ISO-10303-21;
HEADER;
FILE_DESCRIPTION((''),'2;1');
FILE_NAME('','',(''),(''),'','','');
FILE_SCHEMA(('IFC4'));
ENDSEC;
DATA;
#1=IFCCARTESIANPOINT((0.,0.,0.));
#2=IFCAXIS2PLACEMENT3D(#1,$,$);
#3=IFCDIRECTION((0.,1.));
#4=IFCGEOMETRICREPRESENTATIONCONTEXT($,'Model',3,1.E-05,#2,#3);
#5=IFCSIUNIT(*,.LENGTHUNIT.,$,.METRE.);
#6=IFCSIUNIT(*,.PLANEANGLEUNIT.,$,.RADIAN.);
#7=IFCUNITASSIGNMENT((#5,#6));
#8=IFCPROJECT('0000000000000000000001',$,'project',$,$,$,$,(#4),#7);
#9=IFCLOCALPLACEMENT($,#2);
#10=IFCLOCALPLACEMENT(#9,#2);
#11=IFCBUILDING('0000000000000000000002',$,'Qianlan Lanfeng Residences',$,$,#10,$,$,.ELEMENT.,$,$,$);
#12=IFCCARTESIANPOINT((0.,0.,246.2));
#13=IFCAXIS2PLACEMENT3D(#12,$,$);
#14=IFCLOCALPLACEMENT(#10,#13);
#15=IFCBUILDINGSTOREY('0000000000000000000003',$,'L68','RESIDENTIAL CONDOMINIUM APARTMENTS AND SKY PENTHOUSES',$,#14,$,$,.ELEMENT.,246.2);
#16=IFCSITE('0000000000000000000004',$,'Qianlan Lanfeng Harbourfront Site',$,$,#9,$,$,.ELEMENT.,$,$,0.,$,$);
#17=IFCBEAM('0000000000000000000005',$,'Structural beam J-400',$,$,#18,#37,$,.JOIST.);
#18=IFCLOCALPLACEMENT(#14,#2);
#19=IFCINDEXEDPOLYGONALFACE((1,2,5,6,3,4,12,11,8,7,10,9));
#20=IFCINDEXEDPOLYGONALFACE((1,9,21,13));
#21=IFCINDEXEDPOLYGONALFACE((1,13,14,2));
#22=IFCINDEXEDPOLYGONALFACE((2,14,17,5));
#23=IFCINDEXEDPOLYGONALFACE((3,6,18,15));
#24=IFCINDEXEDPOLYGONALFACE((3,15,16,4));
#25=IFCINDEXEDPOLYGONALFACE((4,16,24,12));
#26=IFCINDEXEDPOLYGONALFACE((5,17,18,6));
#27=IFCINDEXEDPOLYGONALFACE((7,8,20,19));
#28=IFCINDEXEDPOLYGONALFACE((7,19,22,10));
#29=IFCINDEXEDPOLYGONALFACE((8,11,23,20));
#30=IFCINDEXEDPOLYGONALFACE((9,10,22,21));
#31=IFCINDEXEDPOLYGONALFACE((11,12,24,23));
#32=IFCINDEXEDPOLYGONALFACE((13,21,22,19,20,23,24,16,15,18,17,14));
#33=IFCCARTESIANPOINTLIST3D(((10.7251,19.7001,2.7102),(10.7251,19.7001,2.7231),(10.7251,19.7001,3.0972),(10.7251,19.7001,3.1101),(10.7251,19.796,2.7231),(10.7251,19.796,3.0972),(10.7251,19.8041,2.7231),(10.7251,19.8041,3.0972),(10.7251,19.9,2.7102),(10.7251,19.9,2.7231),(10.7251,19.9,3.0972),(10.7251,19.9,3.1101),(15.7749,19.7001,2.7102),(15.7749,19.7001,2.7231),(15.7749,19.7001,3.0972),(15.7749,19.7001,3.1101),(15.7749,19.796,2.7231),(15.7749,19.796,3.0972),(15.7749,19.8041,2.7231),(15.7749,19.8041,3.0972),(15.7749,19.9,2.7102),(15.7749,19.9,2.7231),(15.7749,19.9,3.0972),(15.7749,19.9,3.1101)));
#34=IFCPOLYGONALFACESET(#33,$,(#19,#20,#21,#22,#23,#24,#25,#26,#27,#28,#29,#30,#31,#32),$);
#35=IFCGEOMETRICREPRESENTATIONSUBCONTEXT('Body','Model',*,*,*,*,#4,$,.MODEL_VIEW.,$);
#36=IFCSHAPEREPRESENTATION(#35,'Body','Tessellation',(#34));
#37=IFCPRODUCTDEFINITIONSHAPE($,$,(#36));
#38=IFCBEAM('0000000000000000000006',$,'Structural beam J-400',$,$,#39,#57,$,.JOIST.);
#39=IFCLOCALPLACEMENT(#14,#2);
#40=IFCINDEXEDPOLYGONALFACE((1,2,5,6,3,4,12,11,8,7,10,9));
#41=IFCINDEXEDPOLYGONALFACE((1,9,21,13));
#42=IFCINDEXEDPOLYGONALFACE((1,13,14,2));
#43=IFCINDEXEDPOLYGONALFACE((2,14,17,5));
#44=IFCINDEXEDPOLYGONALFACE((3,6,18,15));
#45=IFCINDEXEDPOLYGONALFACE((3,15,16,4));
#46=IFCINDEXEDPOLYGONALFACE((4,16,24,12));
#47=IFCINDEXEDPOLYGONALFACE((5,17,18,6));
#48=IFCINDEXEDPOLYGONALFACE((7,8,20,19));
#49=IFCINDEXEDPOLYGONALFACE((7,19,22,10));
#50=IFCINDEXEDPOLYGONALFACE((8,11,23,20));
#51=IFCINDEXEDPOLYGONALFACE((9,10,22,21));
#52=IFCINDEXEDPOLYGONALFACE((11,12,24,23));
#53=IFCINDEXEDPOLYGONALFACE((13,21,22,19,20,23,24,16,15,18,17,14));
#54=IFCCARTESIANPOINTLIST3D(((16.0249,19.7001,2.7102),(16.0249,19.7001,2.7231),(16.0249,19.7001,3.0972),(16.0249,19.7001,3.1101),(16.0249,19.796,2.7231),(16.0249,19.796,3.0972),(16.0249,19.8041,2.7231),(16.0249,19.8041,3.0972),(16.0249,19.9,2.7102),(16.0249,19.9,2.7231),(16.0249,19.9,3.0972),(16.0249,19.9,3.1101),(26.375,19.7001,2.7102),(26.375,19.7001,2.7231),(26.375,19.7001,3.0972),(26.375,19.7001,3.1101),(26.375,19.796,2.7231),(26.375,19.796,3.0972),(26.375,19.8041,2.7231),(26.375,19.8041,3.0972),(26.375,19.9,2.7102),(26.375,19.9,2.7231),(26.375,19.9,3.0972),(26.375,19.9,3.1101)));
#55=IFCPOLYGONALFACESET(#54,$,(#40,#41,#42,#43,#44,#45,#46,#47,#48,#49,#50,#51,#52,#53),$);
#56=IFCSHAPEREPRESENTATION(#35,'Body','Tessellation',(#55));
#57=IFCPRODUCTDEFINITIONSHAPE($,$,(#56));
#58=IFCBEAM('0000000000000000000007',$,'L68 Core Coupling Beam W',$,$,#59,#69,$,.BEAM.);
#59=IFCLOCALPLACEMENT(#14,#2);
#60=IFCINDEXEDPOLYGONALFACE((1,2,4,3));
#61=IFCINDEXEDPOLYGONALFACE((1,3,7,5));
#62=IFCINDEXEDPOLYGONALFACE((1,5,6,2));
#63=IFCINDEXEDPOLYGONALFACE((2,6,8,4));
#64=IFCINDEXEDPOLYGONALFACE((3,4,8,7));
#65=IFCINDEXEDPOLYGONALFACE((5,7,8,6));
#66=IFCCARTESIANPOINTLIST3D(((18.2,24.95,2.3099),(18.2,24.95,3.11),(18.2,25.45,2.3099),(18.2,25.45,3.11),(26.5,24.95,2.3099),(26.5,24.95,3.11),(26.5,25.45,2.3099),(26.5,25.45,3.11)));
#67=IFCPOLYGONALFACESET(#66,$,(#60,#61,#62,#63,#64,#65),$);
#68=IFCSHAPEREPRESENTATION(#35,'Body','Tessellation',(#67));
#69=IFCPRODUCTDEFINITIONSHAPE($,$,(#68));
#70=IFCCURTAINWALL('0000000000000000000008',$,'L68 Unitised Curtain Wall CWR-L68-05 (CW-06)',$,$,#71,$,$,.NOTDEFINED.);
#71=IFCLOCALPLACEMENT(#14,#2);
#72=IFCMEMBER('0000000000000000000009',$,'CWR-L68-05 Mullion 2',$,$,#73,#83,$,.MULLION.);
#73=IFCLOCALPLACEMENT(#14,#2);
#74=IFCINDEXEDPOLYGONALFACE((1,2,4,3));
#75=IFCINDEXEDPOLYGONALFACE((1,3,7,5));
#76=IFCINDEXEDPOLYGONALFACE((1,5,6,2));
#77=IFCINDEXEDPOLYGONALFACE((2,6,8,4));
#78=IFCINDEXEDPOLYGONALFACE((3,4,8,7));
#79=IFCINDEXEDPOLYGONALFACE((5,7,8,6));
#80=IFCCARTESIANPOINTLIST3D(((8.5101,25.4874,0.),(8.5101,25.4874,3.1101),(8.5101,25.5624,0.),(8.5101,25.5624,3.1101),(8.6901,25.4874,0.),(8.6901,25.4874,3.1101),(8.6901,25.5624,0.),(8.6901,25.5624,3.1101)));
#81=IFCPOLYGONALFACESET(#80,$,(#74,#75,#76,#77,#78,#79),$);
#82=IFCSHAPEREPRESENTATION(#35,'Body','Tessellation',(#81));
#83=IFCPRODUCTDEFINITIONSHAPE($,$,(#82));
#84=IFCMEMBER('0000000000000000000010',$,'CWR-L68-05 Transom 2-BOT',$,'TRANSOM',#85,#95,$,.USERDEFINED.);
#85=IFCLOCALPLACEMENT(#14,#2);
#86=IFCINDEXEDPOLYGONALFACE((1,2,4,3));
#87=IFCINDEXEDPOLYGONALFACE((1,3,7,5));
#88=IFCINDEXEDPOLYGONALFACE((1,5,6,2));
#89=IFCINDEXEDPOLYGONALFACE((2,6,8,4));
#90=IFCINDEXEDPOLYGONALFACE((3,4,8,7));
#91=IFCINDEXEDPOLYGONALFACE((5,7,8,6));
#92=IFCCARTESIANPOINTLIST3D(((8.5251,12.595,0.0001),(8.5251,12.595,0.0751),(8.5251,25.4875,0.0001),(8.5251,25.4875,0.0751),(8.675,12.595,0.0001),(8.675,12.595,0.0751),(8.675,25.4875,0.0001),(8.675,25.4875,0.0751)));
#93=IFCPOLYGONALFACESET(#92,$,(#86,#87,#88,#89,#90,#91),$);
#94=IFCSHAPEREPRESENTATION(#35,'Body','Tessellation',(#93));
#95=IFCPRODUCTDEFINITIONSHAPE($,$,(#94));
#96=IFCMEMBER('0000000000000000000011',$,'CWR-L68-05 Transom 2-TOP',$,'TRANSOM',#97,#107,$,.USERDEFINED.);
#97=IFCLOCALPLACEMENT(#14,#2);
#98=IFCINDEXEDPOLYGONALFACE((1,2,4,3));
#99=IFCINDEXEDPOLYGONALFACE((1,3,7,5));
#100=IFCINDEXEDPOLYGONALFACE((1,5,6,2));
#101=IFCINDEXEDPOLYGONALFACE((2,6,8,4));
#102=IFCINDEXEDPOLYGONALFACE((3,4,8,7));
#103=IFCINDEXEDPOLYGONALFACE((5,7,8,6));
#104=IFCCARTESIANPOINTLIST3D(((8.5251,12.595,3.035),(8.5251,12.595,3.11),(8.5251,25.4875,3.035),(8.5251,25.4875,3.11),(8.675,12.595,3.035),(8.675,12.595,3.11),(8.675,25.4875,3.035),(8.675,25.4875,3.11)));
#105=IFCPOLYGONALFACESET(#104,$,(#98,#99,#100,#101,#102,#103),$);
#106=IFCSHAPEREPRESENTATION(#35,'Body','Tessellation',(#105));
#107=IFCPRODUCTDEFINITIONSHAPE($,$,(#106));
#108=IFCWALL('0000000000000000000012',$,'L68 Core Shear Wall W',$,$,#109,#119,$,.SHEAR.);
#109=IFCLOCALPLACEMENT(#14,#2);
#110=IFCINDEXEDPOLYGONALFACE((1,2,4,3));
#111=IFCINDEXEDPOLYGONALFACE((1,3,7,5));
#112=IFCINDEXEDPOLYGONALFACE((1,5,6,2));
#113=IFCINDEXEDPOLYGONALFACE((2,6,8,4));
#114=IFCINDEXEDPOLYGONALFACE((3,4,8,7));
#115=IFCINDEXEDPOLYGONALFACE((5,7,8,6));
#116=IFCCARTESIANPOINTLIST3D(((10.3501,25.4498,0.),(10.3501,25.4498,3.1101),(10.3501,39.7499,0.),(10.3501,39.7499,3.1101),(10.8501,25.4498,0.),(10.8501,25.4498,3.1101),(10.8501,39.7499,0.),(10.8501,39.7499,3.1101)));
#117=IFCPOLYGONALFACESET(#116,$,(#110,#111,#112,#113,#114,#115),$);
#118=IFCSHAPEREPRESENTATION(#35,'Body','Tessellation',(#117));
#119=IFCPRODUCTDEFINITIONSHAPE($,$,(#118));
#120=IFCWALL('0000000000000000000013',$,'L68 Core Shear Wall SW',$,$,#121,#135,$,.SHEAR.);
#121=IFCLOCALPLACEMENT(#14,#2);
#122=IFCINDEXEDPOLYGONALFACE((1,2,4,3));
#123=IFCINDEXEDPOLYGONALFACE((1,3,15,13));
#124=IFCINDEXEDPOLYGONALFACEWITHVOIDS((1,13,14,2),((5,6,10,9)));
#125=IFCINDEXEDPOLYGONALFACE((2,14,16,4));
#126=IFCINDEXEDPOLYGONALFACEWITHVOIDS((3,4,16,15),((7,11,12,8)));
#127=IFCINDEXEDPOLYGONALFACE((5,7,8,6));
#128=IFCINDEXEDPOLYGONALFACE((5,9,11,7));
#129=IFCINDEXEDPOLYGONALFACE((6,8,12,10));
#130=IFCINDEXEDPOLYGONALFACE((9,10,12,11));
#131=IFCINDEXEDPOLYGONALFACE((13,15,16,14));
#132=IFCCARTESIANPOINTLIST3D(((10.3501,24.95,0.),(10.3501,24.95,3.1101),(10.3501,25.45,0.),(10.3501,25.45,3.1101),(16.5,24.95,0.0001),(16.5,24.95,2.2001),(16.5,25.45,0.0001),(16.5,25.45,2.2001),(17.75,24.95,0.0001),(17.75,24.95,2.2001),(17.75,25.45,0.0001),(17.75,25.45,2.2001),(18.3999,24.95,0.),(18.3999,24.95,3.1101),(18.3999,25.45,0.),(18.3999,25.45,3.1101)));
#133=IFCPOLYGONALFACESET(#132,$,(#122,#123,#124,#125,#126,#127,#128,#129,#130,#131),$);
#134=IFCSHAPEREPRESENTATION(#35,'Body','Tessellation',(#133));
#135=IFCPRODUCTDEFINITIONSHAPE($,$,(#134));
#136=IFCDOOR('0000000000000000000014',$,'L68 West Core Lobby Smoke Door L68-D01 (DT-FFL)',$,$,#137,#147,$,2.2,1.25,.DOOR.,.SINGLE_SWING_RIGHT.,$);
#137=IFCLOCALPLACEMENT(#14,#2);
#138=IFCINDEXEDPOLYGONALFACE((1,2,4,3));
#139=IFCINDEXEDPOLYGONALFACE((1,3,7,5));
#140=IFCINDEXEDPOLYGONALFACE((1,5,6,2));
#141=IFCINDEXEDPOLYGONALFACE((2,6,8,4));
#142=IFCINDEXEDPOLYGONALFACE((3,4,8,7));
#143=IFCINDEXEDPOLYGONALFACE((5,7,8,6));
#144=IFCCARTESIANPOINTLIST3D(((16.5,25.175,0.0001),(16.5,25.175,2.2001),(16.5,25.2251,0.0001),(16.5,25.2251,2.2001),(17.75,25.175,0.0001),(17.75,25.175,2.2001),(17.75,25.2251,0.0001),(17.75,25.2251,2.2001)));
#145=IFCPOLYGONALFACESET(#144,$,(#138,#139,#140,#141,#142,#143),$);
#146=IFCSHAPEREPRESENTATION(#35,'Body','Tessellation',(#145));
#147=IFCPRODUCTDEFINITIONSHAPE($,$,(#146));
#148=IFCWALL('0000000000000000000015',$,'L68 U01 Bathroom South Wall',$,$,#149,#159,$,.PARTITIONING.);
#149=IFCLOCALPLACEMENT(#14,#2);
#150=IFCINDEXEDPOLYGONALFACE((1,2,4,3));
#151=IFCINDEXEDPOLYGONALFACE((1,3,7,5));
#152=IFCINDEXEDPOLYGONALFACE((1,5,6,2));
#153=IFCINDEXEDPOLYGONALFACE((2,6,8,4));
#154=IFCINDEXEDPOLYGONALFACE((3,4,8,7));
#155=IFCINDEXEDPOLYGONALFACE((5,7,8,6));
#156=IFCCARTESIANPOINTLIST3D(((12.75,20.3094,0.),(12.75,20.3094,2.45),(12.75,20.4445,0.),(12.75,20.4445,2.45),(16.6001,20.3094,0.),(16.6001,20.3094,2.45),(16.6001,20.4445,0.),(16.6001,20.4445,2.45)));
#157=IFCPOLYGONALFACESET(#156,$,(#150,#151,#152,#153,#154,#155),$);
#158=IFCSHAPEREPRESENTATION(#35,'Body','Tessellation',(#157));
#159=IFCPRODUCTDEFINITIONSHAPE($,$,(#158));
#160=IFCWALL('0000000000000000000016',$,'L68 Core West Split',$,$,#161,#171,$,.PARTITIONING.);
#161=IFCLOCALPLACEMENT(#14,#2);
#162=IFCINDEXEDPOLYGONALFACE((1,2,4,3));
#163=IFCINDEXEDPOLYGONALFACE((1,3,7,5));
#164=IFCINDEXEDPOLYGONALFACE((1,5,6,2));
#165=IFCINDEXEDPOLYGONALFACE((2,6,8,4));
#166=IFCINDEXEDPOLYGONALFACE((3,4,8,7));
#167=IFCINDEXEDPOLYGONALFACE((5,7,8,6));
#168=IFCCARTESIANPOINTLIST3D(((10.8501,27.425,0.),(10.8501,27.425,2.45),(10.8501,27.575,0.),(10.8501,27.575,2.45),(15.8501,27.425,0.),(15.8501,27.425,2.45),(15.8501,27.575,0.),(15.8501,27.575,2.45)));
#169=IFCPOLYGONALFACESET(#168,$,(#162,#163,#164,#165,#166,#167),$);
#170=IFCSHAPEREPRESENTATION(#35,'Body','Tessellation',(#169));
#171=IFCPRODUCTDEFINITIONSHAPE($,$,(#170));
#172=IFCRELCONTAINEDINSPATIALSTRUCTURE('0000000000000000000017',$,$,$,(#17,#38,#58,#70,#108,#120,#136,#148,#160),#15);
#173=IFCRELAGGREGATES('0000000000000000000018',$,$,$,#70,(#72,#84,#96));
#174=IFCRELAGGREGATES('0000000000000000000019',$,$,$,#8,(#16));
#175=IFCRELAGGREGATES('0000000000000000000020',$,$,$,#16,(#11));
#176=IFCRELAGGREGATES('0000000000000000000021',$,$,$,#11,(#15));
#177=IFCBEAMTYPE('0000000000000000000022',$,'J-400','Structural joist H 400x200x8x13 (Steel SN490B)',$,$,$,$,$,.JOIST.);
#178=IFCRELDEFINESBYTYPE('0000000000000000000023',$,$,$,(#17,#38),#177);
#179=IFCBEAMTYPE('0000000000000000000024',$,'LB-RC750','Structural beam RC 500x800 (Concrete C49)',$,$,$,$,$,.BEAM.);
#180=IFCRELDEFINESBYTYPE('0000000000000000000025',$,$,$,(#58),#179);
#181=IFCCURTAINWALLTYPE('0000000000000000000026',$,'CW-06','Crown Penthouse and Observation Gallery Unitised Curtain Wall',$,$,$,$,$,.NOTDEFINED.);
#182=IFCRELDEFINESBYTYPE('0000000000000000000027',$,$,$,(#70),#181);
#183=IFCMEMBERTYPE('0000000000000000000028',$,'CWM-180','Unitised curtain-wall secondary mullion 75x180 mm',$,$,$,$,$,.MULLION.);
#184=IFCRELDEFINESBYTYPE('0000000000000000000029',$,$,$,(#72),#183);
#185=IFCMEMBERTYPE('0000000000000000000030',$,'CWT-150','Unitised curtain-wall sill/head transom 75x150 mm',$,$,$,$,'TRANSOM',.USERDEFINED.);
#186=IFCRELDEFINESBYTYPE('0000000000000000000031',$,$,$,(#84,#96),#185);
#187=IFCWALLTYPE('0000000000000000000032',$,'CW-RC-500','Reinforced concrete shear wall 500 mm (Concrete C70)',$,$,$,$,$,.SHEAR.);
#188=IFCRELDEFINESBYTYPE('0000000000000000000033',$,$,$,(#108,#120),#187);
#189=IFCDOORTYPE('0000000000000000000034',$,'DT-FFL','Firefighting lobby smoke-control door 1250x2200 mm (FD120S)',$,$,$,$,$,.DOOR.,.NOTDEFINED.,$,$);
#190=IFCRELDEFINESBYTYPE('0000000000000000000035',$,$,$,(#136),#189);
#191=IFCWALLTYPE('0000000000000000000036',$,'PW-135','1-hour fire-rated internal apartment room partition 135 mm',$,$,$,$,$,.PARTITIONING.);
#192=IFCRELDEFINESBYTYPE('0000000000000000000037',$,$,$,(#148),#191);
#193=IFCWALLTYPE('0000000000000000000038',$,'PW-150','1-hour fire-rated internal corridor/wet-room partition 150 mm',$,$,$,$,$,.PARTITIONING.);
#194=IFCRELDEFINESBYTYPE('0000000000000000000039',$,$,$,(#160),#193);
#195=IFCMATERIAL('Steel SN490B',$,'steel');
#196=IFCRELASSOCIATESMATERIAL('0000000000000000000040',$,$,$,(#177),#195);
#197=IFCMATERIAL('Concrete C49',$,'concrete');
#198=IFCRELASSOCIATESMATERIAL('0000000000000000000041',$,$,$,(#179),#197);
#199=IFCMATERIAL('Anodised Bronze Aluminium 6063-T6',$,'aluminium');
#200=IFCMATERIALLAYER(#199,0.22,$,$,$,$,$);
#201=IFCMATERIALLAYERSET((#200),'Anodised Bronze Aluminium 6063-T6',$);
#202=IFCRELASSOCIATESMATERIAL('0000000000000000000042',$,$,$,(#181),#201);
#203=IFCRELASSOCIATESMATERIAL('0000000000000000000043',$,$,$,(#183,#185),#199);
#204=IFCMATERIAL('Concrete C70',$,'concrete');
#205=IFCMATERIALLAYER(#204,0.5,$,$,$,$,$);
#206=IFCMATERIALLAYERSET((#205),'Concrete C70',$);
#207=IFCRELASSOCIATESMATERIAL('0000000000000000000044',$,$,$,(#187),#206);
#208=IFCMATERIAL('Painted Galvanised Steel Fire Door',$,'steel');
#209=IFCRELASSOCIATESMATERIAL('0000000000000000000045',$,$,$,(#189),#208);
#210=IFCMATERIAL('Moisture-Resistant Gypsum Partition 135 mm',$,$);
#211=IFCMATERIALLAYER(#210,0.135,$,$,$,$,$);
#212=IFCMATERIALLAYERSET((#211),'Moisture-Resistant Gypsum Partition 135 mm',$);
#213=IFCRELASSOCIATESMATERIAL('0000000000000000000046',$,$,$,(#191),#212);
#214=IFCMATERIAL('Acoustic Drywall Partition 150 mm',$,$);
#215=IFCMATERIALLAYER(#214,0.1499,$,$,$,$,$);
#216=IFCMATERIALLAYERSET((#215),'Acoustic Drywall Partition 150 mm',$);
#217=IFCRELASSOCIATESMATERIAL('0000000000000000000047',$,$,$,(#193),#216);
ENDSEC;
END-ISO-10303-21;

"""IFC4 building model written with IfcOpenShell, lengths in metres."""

from ifc_helpers import new_model, si_unit, direction, frame, frame_2d, origin, origin_2d, place, context, subcontext, project, spatial, rectangle, i_section, extrude, source, transform, mapped, material, layer, layer_set, material_profile, profile_set, type_object, element, fill, aggregate, save


model = new_model("IFC4")

# Units and contexts
model_context = context("Model", 3, precision=1e-05, world=origin(), true_north=direction((0.0, 1.0)))
body_context = subcontext(model_context, "Body", "Model", "MODEL_VIEW")
ifc_project = project(units=[si_unit("LENGTHUNIT", "METRE"), si_unit("PLANEANGLEUNIT", "RADIAN")], contexts=[model_context])

# Site, building, storey
site_placement = place(None, origin())
site = spatial("IfcSite", under=ifc_project, at=site_placement, Name="Qianlan Lanfeng Harbourfront Site", CompositionType="ELEMENT", RefElevation=0.0)
building_placement = place(site_placement, origin())
building = spatial("IfcBuilding", under=site, at=building_placement, Name="Qianlan Lanfeng Residences", CompositionType="ELEMENT")
storey_placement = place(building_placement, frame((0.0, 0.0, 246.2)))
storey = spatial("IfcBuildingStorey", under=building, at=storey_placement, Name="L68", Description="RESIDENTIAL CONDOMINIUM APARTMENTS AND SKY PENTHOUSES", CompositionType="ELEMENT", Elevation=246.2)

# Beams
ifc_material_1 = material(Name="Steel SN490B", Category="steel")
ifc_material_profile_1 = material_profile(ifc_material_1, i_section(OverallWidth=0.2, OverallDepth=0.3999, WebThickness=0.0081, FlangeThickness=0.0129, at=origin_2d()), Name="H 400x200x8x13")
ifc_profile_set_1 = profile_set([ifc_material_profile_1], Name="Steel SN490B")
beam_type_1 = type_object("IfcBeamType", Name="J-400", Description="Structural joist H 400x200x8x13 (Steel SN490B)", PredefinedType="JOIST", material=ifc_profile_set_1)
beam_1_placement = place(storey_placement, frame((10.7251, 19.8, 2.9102), z_axis=(1.0, 0.0, 0.0), x_axis=(0.0, 1.0, 0.0)))
element("IfcBeam", 1, at=beam_1_placement, inside=storey, type_object=beam_type_1, Name="Structural beam J-400", PredefinedType="JOIST", context=body_context, shape_type="SweptSolid", body=[
    extrude(i_section(OverallWidth=0.2, OverallDepth=0.3999, WebThickness=0.0081, FlangeThickness=0.0129, at=origin_2d()), origin(), (0.0, 0.0, 1.0), 5.0498),
])
beam_2_placement = place(storey_placement, frame((16.0249, 19.8, 2.9102), z_axis=(1.0, 0.0, 0.0), x_axis=(0.0, 1.0, 0.0)))
element("IfcBeam", 2, at=beam_2_placement, inside=storey, type_object=beam_type_1, Name="Structural beam J-400", PredefinedType="JOIST", context=body_context, shape_type="SweptSolid", body=[
    extrude(i_section(OverallWidth=0.2, OverallDepth=0.3999, WebThickness=0.0081, FlangeThickness=0.0129, at=origin_2d()), origin(), (0.0, 0.0, 1.0), 10.3501),
])
ifc_material_2 = material(Name="Concrete C49", Category="concrete")
ifc_material_profile_2 = material_profile(ifc_material_2, rectangle(XDim=0.5, YDim=0.8, at=origin_2d()), Name="RC 500x800")
ifc_profile_set_2 = profile_set([ifc_material_profile_2], Name="Concrete C49")
beam_type_2 = type_object("IfcBeamType", Name="LB-RC750", Description="Structural beam RC 500x800 (Concrete C49)", PredefinedType="BEAM", material=ifc_profile_set_2)
beam_3_placement = place(storey_placement, frame((18.2, 25.2, 2.71), z_axis=(1.0, 0.0, 0.0), x_axis=(0.0, 1.0, 0.0)))
element("IfcBeam", 3, at=beam_3_placement, inside=storey, type_object=beam_type_2, Name="L68 Core Coupling Beam W", PredefinedType="BEAM", context=body_context, shape_type="SweptSolid", body=[
    extrude(rectangle(XDim=0.5, YDim=0.8, at=origin_2d()), origin(), (0.0, 0.0, 1.0), 8.3),
])

# Curtain wall, members
ifc_material_3 = material(Name="Anodised Bronze Aluminium 6063-T6", Category="aluminium")
ifc_layer_1 = layer(ifc_material_3, 0.22)
ifc_layer_set_1 = layer_set([ifc_layer_1], Name="Anodised Bronze Aluminium 6063-T6")
curtain_wall_type = type_object("IfcCurtainWallType", Name="CW-06", Description="Crown Penthouse and Observation Gallery Unitised Curtain Wall", PredefinedType="NOTDEFINED", material=ifc_layer_set_1)
curtain_wall_placement = place(storey_placement, origin())
curtain_wall = element("IfcCurtainWall", 4, at=curtain_wall_placement, inside=storey, type_object=curtain_wall_type, Name="L68 Unitised Curtain Wall CWR-L68-05 (CW-06)", PredefinedType="NOTDEFINED")
ifc_material_profile_3 = material_profile(ifc_material_3, rectangle(XDim=0.075, YDim=0.1799, at=origin_2d()), Name="ALU MULLION 75x180")
ifc_profile_set_3 = profile_set([ifc_material_profile_3], Name="Anodised Bronze Aluminium 6063-T6")
member_type_1 = type_object("IfcMemberType", Name="CWM-180", Description="Unitised curtain-wall secondary mullion 75x180 mm", PredefinedType="MULLION", material=ifc_profile_set_3)
shared_shape_1 = source(origin(), body_context, "Body", "SweptSolid", [
    extrude(rectangle(XDim=0.075, YDim=0.1799, at=origin_2d()), origin(), (0.0, 0.0, 1.0), 3.1101),
])
member_1_placement = place(storey_placement, frame((8.6001, 25.5249, 0.0), z_axis=(0.0, 0.0, 1.0), x_axis=(0.0, -1.0, 0.0)))
member_1 = element("IfcMember", 5, at=member_1_placement, type_object=member_type_1, Name="CWR-L68-05 Mullion 2", PredefinedType="MULLION", context=body_context, shape_type="MappedRepresentation", body=[
    mapped(shared_shape_1, transform((0.0, 0.0, 0.0), scale=1.0)),
])
ifc_material_profile_4 = material_profile(ifc_material_3, rectangle(XDim=0.075, YDim=0.1499, at=origin_2d()), Name="ALU TRANSOM 75x150")
ifc_profile_set_4 = profile_set([ifc_material_profile_4], Name="Anodised Bronze Aluminium 6063-T6")
member_type_2 = type_object("IfcMemberType", Name="CWT-150", Description="Unitised curtain-wall sill/head transom 75x150 mm", ElementType="TRANSOM", PredefinedType="USERDEFINED", material=ifc_profile_set_4)
shared_shape_2 = source(origin(), body_context, "Body", "SweptSolid", [
    extrude(rectangle(XDim=0.075, YDim=0.1499, at=origin_2d()), origin(), (0.0, 0.0, 1.0), 12.8926),
])
member_2_placement = place(storey_placement, frame((8.6001, 25.4875, 0.0376), z_axis=(0.0, -1.0, 0.0), x_axis=(0.0, 0.0, 1.0)))
member_2 = element("IfcMember", 6, at=member_2_placement, type_object=member_type_2, Name="CWR-L68-05 Transom 2-BOT", ObjectType="TRANSOM", PredefinedType="USERDEFINED", context=body_context, shape_type="MappedRepresentation", body=[
    mapped(shared_shape_2, transform((0.0, 0.0, 0.0), scale=1.0)),
])
member_3_placement = place(storey_placement, frame((8.6001, 25.4875, 3.0725), z_axis=(0.0, -1.0, 0.0), x_axis=(0.0, 0.0, 1.0)))
member_3 = element("IfcMember", 7, at=member_3_placement, type_object=member_type_2, Name="CWR-L68-05 Transom 2-TOP", ObjectType="TRANSOM", PredefinedType="USERDEFINED", context=body_context, shape_type="MappedRepresentation", body=[
    mapped(shared_shape_2, transform((0.0, 0.0, 0.0), scale=1.0)),
])
aggregate(curtain_wall, [member_1, member_2, member_3])

# Wall
ifc_material_4 = material(Name="Concrete C70", Category="concrete")
ifc_layer_2 = layer(ifc_material_4, 0.5)
ifc_layer_set_2 = layer_set([ifc_layer_2], Name="Concrete C70")
wall_type_1 = type_object("IfcWallType", Name="CW-RC-500", Description="Reinforced concrete shear wall 500 mm (Concrete C70)", PredefinedType="SHEAR", material=ifc_layer_set_2)
wall_1_placement = place(storey_placement, frame((10.6001, 25.45, 0.0), z_axis=(0.0, 0.0, 1.0), x_axis=(0.0, 1.0, 0.0)))
element("IfcWall", 8, at=wall_1_placement, inside=storey, type_object=wall_type_1, Name="L68 Core Shear Wall W", PredefinedType="SHEAR", context=body_context, shape_type="SweptSolid", body=[
    extrude(rectangle(XDim=14.3, YDim=0.5, at=frame_2d((7.1499, 0.0))), origin(), (0.0, 0.0, 1.0), 3.1101),
])

# Wall, opening, door
wall_2_placement = place(storey_placement, frame((10.3501, 25.2, 0.0), z_axis=(0.0, 0.0, 1.0), x_axis=(1.0, 0.0, 0.0)))
wall_2 = element("IfcWall", 9, at=wall_2_placement, inside=storey, type_object=wall_type_1, Name="L68 Core Shear Wall SW", PredefinedType="SHEAR", context=body_context, shape_type="SweptSolid", body=[
    extrude(rectangle(XDim=8.0498, YDim=0.5, at=frame_2d((4.0249, 0.0))), origin(), (0.0, 0.0, 1.0), 3.1101),
])
opening_1_placement = place(wall_2_placement, frame((6.1499, 0.0, 0.0)))
opening_1 = element("IfcOpeningElement", 10, at=opening_1_placement, cuts=wall_2, PredefinedType="OPENING", context=body_context, shape_type="SweptSolid", body=[
    extrude(rectangle(XDim=1.25, YDim=2.2, at=frame_2d((0.625, 1.1001))), frame((0.0, 0.26, 0.0), z_axis=(0.0, -1.0, 0.0), x_axis=(1.0, 0.0, 0.0)), (0.0, 0.0, 1.0), 0.52),
])
ifc_material_5 = material(Name="Painted Galvanised Steel Fire Door", Category="steel")
door_type_1 = type_object("IfcDoorType", Name="DT-FFL", Description="Firefighting lobby smoke-control door 1250x2200 mm (FD120S)", OperationType="NOTDEFINED", PredefinedType="DOOR", material=ifc_material_5)
door_1_placement = place(opening_1_placement, frame((1.25, 0.0, 0.0), z_axis=(0.0, 0.0, 1.0), x_axis=(-1.0, 0.0, 0.0)))
door_1 = element("IfcDoor", 11, at=door_1_placement, inside=storey, type_object=door_type_1, Name="L68 West Core Lobby Smoke Door L68-D01 (DT-FFL)", OperationType="SINGLE_SWING_RIGHT", OverallHeight=2.2, OverallWidth=1.25, PredefinedType="DOOR", context=body_context, shape_type="SweptSolid", body=[
    extrude(rectangle(XDim=1.25, YDim=2.2, at=frame_2d((0.625, 1.1001))), frame((0.0, 0.0249, 0.0), z_axis=(0.0, -1.0, 0.0), x_axis=(1.0, 0.0, 0.0)), (0.0, 0.0, 1.0), 0.05),
])
fill(opening_1, door_1)

# Walls
ifc_material_6 = material(Name="Moisture-Resistant Gypsum Partition 135 mm")
ifc_layer_3 = layer(ifc_material_6, 0.135)
ifc_layer_set_3 = layer_set([ifc_layer_3], Name="Moisture-Resistant Gypsum Partition 135 mm")
wall_type_2 = type_object("IfcWallType", Name="PW-135", Description="1-hour fire-rated internal apartment room partition 135 mm", PredefinedType="PARTITIONING", material=ifc_layer_set_3)
wall_3_placement = place(storey_placement, frame((12.75, 20.377, 0.0), z_axis=(0.0, 0.0, 1.0), x_axis=(1.0, 0.0, 0.0)))
element("IfcWall", 12, at=wall_3_placement, inside=storey, type_object=wall_type_2, Name="L68 U01 Bathroom South Wall", PredefinedType="PARTITIONING", context=body_context, shape_type="SweptSolid", body=[
    extrude(rectangle(XDim=3.8501, YDim=0.135, at=frame_2d((1.925, 0.0))), origin(), (0.0, 0.0, 1.0), 2.45),
])
ifc_material_7 = material(Name="Acoustic Drywall Partition 150 mm")
ifc_layer_4 = layer(ifc_material_7, 0.1499)
ifc_layer_set_4 = layer_set([ifc_layer_4], Name="Acoustic Drywall Partition 150 mm")
wall_type_3 = type_object("IfcWallType", Name="PW-150", Description="1-hour fire-rated internal corridor/wet-room partition 150 mm", PredefinedType="PARTITIONING", material=ifc_layer_set_4)
wall_4_placement = place(storey_placement, frame((10.8501, 27.5, 0.0), z_axis=(0.0, 0.0, 1.0), x_axis=(1.0, 0.0, 0.0)))
element("IfcWall", 13, at=wall_4_placement, inside=storey, type_object=wall_type_3, Name="L68 Core West Split", PredefinedType="PARTITIONING", context=body_context, shape_type="SweptSolid", body=[
    extrude(rectangle(XDim=5.0, YDim=0.1499, at=frame_2d((2.5, 0.0))), origin(), (0.0, 0.0, 1.0), 2.45),
])

save(model, "model.ifc")
